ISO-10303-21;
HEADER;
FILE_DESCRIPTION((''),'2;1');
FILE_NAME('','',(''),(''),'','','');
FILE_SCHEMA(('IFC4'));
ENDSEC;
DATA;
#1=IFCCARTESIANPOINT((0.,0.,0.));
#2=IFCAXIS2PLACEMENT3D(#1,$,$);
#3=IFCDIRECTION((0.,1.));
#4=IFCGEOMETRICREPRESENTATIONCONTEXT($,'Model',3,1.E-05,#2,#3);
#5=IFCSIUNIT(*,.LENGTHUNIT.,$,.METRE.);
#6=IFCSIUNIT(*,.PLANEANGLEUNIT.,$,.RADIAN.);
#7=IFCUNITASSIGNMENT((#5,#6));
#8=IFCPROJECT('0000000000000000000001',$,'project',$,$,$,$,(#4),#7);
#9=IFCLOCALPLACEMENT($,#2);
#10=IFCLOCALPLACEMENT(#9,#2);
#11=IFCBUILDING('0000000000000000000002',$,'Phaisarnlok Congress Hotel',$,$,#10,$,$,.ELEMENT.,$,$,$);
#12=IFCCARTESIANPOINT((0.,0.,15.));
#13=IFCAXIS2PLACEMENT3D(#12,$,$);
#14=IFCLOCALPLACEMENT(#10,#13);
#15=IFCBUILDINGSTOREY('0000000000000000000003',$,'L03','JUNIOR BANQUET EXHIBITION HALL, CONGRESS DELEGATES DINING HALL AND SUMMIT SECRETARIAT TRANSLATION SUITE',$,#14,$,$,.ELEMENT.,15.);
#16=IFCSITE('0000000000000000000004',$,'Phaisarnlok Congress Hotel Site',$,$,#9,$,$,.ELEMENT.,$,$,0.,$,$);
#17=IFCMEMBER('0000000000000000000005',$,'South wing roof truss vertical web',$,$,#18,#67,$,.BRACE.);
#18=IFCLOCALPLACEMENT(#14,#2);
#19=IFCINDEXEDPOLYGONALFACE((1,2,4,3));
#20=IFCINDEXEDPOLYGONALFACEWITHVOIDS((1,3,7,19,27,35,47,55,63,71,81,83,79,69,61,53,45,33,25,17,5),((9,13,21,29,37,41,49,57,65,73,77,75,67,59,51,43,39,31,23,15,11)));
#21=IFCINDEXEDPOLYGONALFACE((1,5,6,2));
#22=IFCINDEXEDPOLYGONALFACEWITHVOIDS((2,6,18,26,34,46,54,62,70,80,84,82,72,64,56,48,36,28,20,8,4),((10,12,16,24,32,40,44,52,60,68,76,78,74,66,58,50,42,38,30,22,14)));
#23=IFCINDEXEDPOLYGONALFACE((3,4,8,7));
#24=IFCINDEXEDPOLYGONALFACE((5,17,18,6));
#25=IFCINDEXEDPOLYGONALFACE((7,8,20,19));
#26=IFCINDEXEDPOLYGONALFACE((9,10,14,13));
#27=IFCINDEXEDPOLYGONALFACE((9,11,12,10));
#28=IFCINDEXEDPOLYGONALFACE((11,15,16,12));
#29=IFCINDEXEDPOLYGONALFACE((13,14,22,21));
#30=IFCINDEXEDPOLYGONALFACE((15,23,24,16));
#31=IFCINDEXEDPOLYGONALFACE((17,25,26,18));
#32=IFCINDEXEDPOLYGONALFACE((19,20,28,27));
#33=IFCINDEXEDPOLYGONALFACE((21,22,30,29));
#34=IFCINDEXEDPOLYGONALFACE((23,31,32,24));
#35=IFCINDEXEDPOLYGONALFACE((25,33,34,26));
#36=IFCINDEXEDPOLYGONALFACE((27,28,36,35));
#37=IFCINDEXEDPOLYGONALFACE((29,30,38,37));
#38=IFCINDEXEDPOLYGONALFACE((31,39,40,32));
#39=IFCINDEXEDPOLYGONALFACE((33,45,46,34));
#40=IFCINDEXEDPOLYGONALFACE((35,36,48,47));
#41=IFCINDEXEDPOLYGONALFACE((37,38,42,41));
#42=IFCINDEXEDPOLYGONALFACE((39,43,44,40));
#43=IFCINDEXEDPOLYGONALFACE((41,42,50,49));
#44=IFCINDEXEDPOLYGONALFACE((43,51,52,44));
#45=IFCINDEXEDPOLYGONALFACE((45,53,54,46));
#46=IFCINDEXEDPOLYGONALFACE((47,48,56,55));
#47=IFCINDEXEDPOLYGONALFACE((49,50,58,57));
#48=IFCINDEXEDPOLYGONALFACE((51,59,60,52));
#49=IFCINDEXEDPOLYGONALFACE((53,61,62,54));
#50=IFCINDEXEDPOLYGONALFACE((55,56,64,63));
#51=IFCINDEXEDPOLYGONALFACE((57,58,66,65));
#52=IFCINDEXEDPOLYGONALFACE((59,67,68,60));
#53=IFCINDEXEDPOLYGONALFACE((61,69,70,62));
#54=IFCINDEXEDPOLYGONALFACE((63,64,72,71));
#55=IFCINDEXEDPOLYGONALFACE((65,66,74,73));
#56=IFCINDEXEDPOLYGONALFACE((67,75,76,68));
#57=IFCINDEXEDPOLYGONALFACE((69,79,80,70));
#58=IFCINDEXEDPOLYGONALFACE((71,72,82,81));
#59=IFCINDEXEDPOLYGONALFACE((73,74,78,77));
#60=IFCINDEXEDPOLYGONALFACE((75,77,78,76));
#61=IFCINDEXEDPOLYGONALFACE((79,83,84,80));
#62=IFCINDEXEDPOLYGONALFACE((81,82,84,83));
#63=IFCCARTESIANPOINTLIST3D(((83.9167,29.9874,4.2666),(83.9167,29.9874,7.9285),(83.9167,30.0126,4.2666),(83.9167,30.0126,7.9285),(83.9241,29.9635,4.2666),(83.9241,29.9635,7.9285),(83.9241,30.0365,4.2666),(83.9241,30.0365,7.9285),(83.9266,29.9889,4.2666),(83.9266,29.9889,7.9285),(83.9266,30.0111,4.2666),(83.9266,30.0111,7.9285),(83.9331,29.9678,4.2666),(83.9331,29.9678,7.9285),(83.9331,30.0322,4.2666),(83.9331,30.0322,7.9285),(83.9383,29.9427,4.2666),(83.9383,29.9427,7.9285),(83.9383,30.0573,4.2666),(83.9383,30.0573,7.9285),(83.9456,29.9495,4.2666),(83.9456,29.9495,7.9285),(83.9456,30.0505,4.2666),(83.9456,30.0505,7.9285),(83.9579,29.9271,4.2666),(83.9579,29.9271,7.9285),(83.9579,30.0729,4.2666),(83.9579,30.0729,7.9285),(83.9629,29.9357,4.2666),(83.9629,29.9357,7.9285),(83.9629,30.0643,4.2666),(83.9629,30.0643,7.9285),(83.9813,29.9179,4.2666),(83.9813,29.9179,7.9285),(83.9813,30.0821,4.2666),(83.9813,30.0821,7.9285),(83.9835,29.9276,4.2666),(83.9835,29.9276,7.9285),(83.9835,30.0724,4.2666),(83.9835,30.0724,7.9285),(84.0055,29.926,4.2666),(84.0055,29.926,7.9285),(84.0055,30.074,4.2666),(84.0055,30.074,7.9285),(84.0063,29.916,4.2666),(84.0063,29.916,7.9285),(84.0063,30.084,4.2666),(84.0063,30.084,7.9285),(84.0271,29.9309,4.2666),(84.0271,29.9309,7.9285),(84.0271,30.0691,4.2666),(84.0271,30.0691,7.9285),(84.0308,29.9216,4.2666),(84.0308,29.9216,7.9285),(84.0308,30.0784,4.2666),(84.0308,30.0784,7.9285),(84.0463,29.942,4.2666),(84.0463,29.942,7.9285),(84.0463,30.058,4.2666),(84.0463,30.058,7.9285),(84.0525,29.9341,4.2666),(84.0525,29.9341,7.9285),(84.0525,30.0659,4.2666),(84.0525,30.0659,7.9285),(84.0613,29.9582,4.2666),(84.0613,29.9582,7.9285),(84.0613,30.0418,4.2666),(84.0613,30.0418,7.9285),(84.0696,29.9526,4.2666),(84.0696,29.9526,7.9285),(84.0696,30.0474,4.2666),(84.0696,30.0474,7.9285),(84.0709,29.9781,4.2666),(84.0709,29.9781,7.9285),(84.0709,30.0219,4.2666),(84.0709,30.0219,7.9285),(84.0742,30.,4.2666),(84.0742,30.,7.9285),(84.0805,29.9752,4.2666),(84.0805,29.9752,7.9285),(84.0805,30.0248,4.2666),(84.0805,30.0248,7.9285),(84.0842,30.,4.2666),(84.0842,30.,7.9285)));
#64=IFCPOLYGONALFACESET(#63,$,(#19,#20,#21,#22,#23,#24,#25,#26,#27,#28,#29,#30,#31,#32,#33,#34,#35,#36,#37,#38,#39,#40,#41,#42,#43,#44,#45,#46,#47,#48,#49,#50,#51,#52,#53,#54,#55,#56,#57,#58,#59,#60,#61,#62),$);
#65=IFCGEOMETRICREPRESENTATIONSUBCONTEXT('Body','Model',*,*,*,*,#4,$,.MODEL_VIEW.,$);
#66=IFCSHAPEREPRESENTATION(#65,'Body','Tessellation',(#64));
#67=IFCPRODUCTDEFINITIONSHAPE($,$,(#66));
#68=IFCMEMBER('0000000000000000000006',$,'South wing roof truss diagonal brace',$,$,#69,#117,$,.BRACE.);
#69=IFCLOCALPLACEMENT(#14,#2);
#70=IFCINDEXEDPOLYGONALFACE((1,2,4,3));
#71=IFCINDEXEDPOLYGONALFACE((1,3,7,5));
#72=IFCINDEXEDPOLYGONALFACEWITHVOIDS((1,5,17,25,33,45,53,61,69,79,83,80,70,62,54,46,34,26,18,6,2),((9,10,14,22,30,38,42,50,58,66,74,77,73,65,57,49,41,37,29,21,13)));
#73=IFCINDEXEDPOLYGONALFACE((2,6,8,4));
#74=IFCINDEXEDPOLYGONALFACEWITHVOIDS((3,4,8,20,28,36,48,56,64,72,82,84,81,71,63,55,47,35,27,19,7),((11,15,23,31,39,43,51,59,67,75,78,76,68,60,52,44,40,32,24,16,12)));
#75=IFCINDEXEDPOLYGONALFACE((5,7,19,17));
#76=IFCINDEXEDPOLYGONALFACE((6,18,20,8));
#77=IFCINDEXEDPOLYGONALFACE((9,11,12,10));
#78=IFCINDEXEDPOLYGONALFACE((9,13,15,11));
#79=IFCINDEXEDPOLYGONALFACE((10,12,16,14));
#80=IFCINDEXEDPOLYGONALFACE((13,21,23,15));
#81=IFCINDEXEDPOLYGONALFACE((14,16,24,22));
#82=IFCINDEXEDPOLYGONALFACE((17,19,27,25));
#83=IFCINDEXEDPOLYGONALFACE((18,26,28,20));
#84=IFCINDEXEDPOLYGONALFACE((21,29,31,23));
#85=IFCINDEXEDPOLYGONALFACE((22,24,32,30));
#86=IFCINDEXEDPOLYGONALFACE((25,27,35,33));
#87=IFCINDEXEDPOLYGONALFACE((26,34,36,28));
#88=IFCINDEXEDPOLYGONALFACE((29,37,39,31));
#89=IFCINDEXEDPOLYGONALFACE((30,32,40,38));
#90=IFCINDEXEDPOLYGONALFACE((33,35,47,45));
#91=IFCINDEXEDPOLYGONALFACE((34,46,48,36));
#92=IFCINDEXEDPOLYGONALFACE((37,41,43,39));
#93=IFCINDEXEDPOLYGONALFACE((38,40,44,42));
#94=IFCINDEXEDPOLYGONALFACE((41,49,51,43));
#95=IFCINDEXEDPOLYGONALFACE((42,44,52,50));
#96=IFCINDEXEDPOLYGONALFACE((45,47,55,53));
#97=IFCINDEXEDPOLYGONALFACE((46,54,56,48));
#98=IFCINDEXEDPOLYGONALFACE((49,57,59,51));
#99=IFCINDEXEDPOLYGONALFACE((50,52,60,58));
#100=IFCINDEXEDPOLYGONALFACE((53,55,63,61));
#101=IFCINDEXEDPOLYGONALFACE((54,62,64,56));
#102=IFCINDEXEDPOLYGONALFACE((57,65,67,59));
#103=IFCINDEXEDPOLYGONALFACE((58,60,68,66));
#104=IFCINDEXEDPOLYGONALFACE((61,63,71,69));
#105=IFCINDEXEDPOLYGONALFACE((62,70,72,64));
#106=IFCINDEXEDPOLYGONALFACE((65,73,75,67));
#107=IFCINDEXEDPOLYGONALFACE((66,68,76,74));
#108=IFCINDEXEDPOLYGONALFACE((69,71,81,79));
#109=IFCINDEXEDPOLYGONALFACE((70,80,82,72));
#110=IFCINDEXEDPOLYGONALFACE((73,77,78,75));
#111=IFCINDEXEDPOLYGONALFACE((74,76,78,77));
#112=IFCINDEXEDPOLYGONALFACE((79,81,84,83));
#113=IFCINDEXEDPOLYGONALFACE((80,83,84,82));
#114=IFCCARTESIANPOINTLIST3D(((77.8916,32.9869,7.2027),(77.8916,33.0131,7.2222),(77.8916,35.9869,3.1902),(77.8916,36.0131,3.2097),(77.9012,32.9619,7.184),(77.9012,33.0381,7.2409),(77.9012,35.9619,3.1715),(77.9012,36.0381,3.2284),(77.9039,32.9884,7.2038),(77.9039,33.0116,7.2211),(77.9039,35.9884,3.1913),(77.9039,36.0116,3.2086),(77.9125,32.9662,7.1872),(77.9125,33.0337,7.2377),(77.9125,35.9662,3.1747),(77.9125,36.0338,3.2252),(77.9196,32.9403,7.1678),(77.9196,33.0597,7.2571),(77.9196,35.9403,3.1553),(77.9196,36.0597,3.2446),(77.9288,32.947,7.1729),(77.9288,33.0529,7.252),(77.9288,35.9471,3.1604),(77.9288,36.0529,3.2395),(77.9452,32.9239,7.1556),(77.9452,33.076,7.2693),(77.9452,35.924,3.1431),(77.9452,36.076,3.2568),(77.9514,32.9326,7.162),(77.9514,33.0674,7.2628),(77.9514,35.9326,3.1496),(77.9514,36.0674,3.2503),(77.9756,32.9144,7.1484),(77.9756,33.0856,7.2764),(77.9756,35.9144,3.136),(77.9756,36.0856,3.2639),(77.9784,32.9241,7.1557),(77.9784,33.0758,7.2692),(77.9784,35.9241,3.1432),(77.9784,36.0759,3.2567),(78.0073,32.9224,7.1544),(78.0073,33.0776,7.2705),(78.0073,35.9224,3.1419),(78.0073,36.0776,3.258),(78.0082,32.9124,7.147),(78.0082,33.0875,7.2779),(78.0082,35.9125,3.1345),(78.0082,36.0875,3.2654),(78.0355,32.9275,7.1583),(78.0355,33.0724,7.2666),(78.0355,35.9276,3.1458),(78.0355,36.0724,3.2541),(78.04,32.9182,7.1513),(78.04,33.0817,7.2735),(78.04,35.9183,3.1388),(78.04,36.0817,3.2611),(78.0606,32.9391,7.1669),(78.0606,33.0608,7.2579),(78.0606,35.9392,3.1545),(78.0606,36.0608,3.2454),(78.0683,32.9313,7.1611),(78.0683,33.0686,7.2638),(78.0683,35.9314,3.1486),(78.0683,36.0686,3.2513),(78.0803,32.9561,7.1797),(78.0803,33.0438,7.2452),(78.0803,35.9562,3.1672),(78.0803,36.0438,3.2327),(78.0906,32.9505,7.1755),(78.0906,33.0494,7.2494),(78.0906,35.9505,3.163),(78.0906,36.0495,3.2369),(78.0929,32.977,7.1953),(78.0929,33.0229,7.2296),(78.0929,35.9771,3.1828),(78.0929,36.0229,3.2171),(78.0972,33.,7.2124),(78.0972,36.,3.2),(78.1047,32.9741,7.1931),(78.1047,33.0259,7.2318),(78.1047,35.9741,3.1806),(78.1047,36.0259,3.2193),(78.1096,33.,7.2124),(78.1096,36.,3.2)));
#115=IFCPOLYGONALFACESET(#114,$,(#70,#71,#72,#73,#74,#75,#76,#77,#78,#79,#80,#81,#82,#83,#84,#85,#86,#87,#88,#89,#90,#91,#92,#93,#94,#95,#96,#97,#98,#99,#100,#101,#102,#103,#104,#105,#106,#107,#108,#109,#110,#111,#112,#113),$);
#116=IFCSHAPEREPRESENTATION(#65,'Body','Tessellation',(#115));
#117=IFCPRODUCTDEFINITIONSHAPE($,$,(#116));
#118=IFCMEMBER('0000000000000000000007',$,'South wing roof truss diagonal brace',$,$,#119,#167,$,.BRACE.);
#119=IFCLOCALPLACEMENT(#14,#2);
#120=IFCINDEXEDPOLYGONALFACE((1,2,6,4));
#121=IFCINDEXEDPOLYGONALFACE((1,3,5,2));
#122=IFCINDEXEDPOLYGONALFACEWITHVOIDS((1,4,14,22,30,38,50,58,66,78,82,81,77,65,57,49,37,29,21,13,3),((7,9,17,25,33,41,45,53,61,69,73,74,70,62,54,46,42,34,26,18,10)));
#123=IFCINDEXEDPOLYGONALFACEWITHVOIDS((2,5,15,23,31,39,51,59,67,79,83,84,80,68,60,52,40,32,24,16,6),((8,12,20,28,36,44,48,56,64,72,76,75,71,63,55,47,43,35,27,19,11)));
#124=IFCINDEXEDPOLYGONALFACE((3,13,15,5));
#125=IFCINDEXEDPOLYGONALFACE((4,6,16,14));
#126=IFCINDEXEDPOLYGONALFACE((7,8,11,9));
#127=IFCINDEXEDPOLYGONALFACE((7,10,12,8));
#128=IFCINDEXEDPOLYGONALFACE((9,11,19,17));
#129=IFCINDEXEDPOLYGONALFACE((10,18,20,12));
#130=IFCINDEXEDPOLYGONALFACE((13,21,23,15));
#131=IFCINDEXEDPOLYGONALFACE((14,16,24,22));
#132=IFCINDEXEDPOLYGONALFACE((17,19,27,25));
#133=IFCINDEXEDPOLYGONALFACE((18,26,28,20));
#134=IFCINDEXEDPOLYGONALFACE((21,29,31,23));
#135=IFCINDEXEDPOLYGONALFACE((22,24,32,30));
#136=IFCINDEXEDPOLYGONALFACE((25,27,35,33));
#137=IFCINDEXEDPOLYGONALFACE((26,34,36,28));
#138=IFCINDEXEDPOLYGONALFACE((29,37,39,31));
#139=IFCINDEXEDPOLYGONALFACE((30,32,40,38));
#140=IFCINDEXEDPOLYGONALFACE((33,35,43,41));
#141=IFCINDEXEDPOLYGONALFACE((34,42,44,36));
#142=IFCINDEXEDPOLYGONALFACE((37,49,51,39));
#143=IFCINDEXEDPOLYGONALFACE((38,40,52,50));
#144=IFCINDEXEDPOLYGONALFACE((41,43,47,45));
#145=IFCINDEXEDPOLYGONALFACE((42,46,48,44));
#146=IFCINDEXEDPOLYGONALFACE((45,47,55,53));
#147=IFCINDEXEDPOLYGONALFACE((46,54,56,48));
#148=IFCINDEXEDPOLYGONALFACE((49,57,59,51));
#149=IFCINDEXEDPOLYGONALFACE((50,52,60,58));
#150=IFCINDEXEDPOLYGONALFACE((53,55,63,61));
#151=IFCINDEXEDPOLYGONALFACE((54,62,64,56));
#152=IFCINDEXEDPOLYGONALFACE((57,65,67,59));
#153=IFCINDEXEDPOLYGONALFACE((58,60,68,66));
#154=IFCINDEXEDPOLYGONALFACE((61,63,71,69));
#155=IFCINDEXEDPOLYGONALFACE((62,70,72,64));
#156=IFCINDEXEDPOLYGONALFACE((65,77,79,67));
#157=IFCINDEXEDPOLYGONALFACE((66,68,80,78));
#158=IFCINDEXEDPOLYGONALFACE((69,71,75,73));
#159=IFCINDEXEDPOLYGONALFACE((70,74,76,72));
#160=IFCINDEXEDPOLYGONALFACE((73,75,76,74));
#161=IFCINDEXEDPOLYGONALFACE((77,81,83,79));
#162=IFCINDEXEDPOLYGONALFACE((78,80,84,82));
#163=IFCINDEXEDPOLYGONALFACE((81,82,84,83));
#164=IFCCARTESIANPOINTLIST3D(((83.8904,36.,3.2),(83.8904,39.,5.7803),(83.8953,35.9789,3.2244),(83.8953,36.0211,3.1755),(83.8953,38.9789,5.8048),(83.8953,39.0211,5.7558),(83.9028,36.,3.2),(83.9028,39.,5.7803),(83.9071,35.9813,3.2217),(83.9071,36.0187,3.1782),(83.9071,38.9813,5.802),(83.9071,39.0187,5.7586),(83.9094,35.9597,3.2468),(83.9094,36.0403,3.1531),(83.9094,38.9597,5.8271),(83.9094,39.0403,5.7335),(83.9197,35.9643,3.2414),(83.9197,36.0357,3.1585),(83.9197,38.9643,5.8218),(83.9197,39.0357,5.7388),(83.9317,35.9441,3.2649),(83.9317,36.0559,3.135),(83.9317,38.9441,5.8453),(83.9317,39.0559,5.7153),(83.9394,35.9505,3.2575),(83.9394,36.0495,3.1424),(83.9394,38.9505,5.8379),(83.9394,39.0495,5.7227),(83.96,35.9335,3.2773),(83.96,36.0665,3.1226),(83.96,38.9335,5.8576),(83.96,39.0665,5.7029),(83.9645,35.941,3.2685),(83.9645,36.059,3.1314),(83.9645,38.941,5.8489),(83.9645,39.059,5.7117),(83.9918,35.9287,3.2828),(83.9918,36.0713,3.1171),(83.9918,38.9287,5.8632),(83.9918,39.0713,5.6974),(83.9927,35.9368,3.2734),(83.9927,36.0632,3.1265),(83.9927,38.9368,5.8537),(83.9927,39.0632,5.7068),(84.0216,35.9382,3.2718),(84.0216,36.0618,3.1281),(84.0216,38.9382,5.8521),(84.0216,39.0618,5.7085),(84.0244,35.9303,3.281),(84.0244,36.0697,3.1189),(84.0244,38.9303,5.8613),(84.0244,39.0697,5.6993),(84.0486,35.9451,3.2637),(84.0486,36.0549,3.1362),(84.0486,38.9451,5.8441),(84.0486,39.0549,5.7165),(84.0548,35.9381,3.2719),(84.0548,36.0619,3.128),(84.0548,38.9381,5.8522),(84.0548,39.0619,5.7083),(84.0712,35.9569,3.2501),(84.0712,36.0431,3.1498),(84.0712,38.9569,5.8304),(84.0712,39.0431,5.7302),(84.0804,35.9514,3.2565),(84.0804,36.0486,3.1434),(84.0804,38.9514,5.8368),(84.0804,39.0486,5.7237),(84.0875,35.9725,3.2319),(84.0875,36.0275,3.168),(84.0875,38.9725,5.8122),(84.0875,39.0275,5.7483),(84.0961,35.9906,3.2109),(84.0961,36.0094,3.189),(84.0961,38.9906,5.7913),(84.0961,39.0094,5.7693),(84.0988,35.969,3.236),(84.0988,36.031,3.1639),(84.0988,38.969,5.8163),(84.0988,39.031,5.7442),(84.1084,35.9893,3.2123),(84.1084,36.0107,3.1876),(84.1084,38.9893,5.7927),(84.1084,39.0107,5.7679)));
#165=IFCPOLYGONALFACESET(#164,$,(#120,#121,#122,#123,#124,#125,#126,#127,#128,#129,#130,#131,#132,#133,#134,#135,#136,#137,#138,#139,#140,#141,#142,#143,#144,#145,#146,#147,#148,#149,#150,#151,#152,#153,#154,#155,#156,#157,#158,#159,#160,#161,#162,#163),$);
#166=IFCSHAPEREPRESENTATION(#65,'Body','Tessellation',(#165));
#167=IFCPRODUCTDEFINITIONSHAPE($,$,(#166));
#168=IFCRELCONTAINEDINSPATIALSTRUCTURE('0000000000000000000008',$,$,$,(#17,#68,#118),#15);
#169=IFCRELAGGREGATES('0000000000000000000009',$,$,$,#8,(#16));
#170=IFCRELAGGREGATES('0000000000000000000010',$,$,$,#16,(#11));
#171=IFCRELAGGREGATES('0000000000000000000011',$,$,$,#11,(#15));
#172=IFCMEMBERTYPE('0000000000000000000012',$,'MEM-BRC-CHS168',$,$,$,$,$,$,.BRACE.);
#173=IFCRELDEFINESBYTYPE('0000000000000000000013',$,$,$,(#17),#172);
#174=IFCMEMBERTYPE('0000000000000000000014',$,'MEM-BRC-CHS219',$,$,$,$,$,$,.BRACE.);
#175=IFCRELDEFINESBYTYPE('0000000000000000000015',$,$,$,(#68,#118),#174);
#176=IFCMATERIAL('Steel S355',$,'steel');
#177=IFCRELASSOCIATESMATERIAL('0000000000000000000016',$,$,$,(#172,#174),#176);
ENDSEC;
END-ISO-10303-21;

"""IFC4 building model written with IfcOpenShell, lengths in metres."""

from ifc_helpers import new_model, si_unit, direction, frame, origin, origin_2d, place, context, subcontext, project, spatial, hollow_circle, extrude, material, material_profile, profile_set, type_object, element, save


model = new_model("IFC4")

# Units and contexts
model_context = context("Model", 3, precision=1e-05, world=origin(), true_north=direction((0.0, 1.0)))
body_context = subcontext(model_context, "Body", "Model", "MODEL_VIEW")
ifc_project = project(units=[si_unit("LENGTHUNIT", "METRE"), si_unit("PLANEANGLEUNIT", "RADIAN")], contexts=[model_context])

# Site, building, storey
site_placement = place(None, origin())
site = spatial("IfcSite", under=ifc_project, at=site_placement, Name="Phaisarnlok Congress Hotel Site", CompositionType="ELEMENT", RefElevation=0.0)
building_placement = place(site_placement, origin())
building = spatial("IfcBuilding", under=site, at=building_placement, Name="Phaisarnlok Congress Hotel", CompositionType="ELEMENT")
storey_placement = place(building_placement, frame((0.0, 0.0, 15.0)))
storey = spatial("IfcBuildingStorey", under=building, at=storey_placement, Name="L03", Description="JUNIOR BANQUET EXHIBITION HALL, CONGRESS DELEGATES DINING HALL AND SUMMIT SECRETARIAT TRANSLATION SUITE", CompositionType="ELEMENT", Elevation=15.0)

# Shared definitions
ifc_material_1 = material(Name="Steel S355", Category="steel")

# Members
ifc_material_profile_1 = material_profile(ifc_material_1, hollow_circle(Radius=0.0842, WallThickness=0.01, at=origin_2d()), Name="CHS 168.3x10")
ifc_profile_set_1 = profile_set([ifc_material_profile_1], Name="Steel S355")
member_type_1 = type_object("IfcMemberType", Name="MEM-BRC-CHS168", PredefinedType="BRACE", material=ifc_profile_set_1)
member_1_placement = place(storey_placement, frame((84.0, 30.0, 4.2666), z_axis=(0.0, 0.0, 1.0), x_axis=(1.0, 0.0, 0.0)))
element("IfcMember", 1, at=member_1_placement, inside=storey, type_object=member_type_1, Name="South wing roof truss vertical web", PredefinedType="BRACE", context=body_context, shape_type="SweptSolid", body=[
    extrude(hollow_circle(Radius=0.0842, WallThickness=0.01, at=origin_2d()), origin(), (0.0, 0.0, 1.0), 3.6619),
])
ifc_material_profile_2 = material_profile(ifc_material_1, hollow_circle(Radius=0.1096, WallThickness=0.0125, at=origin_2d()), Name="CHS 219.1x12.5")
ifc_profile_set_2 = profile_set([ifc_material_profile_2], Name="Steel S355")
member_type_2 = type_object("IfcMemberType", Name="MEM-BRC-CHS219", PredefinedType="BRACE", material=ifc_profile_set_2)
member_2_placement = place(storey_placement, frame((78.0, 36.0, 3.2), z_axis=(0.0, -0.598806, 0.800894), x_axis=(1.0, 0.0, 0.0)))
element("IfcMember", 2, at=member_2_placement, inside=storey, type_object=member_type_2, Name="South wing roof truss diagonal brace", PredefinedType="BRACE", context=body_context, shape_type="SweptSolid", body=[
    extrude(hollow_circle(Radius=0.1096, WallThickness=0.0125, at=origin_2d()), origin(), (0.0, 0.0, 1.0), 5.01),
])
member_3_placement = place(storey_placement, frame((84.0, 36.0, 3.2), z_axis=(0.0, 0.758145, 0.652086), x_axis=(-1.0, 0.0, 0.0)))
element("IfcMember", 3, at=member_3_placement, inside=storey, type_object=member_type_2, Name="South wing roof truss diagonal brace", PredefinedType="BRACE", context=body_context, shape_type="SweptSolid", body=[
    extrude(hollow_circle(Radius=0.1096, WallThickness=0.0125, at=origin_2d()), origin(), (0.0, 0.0, 1.0), 3.957),
])

save(model, "model.ifc")
